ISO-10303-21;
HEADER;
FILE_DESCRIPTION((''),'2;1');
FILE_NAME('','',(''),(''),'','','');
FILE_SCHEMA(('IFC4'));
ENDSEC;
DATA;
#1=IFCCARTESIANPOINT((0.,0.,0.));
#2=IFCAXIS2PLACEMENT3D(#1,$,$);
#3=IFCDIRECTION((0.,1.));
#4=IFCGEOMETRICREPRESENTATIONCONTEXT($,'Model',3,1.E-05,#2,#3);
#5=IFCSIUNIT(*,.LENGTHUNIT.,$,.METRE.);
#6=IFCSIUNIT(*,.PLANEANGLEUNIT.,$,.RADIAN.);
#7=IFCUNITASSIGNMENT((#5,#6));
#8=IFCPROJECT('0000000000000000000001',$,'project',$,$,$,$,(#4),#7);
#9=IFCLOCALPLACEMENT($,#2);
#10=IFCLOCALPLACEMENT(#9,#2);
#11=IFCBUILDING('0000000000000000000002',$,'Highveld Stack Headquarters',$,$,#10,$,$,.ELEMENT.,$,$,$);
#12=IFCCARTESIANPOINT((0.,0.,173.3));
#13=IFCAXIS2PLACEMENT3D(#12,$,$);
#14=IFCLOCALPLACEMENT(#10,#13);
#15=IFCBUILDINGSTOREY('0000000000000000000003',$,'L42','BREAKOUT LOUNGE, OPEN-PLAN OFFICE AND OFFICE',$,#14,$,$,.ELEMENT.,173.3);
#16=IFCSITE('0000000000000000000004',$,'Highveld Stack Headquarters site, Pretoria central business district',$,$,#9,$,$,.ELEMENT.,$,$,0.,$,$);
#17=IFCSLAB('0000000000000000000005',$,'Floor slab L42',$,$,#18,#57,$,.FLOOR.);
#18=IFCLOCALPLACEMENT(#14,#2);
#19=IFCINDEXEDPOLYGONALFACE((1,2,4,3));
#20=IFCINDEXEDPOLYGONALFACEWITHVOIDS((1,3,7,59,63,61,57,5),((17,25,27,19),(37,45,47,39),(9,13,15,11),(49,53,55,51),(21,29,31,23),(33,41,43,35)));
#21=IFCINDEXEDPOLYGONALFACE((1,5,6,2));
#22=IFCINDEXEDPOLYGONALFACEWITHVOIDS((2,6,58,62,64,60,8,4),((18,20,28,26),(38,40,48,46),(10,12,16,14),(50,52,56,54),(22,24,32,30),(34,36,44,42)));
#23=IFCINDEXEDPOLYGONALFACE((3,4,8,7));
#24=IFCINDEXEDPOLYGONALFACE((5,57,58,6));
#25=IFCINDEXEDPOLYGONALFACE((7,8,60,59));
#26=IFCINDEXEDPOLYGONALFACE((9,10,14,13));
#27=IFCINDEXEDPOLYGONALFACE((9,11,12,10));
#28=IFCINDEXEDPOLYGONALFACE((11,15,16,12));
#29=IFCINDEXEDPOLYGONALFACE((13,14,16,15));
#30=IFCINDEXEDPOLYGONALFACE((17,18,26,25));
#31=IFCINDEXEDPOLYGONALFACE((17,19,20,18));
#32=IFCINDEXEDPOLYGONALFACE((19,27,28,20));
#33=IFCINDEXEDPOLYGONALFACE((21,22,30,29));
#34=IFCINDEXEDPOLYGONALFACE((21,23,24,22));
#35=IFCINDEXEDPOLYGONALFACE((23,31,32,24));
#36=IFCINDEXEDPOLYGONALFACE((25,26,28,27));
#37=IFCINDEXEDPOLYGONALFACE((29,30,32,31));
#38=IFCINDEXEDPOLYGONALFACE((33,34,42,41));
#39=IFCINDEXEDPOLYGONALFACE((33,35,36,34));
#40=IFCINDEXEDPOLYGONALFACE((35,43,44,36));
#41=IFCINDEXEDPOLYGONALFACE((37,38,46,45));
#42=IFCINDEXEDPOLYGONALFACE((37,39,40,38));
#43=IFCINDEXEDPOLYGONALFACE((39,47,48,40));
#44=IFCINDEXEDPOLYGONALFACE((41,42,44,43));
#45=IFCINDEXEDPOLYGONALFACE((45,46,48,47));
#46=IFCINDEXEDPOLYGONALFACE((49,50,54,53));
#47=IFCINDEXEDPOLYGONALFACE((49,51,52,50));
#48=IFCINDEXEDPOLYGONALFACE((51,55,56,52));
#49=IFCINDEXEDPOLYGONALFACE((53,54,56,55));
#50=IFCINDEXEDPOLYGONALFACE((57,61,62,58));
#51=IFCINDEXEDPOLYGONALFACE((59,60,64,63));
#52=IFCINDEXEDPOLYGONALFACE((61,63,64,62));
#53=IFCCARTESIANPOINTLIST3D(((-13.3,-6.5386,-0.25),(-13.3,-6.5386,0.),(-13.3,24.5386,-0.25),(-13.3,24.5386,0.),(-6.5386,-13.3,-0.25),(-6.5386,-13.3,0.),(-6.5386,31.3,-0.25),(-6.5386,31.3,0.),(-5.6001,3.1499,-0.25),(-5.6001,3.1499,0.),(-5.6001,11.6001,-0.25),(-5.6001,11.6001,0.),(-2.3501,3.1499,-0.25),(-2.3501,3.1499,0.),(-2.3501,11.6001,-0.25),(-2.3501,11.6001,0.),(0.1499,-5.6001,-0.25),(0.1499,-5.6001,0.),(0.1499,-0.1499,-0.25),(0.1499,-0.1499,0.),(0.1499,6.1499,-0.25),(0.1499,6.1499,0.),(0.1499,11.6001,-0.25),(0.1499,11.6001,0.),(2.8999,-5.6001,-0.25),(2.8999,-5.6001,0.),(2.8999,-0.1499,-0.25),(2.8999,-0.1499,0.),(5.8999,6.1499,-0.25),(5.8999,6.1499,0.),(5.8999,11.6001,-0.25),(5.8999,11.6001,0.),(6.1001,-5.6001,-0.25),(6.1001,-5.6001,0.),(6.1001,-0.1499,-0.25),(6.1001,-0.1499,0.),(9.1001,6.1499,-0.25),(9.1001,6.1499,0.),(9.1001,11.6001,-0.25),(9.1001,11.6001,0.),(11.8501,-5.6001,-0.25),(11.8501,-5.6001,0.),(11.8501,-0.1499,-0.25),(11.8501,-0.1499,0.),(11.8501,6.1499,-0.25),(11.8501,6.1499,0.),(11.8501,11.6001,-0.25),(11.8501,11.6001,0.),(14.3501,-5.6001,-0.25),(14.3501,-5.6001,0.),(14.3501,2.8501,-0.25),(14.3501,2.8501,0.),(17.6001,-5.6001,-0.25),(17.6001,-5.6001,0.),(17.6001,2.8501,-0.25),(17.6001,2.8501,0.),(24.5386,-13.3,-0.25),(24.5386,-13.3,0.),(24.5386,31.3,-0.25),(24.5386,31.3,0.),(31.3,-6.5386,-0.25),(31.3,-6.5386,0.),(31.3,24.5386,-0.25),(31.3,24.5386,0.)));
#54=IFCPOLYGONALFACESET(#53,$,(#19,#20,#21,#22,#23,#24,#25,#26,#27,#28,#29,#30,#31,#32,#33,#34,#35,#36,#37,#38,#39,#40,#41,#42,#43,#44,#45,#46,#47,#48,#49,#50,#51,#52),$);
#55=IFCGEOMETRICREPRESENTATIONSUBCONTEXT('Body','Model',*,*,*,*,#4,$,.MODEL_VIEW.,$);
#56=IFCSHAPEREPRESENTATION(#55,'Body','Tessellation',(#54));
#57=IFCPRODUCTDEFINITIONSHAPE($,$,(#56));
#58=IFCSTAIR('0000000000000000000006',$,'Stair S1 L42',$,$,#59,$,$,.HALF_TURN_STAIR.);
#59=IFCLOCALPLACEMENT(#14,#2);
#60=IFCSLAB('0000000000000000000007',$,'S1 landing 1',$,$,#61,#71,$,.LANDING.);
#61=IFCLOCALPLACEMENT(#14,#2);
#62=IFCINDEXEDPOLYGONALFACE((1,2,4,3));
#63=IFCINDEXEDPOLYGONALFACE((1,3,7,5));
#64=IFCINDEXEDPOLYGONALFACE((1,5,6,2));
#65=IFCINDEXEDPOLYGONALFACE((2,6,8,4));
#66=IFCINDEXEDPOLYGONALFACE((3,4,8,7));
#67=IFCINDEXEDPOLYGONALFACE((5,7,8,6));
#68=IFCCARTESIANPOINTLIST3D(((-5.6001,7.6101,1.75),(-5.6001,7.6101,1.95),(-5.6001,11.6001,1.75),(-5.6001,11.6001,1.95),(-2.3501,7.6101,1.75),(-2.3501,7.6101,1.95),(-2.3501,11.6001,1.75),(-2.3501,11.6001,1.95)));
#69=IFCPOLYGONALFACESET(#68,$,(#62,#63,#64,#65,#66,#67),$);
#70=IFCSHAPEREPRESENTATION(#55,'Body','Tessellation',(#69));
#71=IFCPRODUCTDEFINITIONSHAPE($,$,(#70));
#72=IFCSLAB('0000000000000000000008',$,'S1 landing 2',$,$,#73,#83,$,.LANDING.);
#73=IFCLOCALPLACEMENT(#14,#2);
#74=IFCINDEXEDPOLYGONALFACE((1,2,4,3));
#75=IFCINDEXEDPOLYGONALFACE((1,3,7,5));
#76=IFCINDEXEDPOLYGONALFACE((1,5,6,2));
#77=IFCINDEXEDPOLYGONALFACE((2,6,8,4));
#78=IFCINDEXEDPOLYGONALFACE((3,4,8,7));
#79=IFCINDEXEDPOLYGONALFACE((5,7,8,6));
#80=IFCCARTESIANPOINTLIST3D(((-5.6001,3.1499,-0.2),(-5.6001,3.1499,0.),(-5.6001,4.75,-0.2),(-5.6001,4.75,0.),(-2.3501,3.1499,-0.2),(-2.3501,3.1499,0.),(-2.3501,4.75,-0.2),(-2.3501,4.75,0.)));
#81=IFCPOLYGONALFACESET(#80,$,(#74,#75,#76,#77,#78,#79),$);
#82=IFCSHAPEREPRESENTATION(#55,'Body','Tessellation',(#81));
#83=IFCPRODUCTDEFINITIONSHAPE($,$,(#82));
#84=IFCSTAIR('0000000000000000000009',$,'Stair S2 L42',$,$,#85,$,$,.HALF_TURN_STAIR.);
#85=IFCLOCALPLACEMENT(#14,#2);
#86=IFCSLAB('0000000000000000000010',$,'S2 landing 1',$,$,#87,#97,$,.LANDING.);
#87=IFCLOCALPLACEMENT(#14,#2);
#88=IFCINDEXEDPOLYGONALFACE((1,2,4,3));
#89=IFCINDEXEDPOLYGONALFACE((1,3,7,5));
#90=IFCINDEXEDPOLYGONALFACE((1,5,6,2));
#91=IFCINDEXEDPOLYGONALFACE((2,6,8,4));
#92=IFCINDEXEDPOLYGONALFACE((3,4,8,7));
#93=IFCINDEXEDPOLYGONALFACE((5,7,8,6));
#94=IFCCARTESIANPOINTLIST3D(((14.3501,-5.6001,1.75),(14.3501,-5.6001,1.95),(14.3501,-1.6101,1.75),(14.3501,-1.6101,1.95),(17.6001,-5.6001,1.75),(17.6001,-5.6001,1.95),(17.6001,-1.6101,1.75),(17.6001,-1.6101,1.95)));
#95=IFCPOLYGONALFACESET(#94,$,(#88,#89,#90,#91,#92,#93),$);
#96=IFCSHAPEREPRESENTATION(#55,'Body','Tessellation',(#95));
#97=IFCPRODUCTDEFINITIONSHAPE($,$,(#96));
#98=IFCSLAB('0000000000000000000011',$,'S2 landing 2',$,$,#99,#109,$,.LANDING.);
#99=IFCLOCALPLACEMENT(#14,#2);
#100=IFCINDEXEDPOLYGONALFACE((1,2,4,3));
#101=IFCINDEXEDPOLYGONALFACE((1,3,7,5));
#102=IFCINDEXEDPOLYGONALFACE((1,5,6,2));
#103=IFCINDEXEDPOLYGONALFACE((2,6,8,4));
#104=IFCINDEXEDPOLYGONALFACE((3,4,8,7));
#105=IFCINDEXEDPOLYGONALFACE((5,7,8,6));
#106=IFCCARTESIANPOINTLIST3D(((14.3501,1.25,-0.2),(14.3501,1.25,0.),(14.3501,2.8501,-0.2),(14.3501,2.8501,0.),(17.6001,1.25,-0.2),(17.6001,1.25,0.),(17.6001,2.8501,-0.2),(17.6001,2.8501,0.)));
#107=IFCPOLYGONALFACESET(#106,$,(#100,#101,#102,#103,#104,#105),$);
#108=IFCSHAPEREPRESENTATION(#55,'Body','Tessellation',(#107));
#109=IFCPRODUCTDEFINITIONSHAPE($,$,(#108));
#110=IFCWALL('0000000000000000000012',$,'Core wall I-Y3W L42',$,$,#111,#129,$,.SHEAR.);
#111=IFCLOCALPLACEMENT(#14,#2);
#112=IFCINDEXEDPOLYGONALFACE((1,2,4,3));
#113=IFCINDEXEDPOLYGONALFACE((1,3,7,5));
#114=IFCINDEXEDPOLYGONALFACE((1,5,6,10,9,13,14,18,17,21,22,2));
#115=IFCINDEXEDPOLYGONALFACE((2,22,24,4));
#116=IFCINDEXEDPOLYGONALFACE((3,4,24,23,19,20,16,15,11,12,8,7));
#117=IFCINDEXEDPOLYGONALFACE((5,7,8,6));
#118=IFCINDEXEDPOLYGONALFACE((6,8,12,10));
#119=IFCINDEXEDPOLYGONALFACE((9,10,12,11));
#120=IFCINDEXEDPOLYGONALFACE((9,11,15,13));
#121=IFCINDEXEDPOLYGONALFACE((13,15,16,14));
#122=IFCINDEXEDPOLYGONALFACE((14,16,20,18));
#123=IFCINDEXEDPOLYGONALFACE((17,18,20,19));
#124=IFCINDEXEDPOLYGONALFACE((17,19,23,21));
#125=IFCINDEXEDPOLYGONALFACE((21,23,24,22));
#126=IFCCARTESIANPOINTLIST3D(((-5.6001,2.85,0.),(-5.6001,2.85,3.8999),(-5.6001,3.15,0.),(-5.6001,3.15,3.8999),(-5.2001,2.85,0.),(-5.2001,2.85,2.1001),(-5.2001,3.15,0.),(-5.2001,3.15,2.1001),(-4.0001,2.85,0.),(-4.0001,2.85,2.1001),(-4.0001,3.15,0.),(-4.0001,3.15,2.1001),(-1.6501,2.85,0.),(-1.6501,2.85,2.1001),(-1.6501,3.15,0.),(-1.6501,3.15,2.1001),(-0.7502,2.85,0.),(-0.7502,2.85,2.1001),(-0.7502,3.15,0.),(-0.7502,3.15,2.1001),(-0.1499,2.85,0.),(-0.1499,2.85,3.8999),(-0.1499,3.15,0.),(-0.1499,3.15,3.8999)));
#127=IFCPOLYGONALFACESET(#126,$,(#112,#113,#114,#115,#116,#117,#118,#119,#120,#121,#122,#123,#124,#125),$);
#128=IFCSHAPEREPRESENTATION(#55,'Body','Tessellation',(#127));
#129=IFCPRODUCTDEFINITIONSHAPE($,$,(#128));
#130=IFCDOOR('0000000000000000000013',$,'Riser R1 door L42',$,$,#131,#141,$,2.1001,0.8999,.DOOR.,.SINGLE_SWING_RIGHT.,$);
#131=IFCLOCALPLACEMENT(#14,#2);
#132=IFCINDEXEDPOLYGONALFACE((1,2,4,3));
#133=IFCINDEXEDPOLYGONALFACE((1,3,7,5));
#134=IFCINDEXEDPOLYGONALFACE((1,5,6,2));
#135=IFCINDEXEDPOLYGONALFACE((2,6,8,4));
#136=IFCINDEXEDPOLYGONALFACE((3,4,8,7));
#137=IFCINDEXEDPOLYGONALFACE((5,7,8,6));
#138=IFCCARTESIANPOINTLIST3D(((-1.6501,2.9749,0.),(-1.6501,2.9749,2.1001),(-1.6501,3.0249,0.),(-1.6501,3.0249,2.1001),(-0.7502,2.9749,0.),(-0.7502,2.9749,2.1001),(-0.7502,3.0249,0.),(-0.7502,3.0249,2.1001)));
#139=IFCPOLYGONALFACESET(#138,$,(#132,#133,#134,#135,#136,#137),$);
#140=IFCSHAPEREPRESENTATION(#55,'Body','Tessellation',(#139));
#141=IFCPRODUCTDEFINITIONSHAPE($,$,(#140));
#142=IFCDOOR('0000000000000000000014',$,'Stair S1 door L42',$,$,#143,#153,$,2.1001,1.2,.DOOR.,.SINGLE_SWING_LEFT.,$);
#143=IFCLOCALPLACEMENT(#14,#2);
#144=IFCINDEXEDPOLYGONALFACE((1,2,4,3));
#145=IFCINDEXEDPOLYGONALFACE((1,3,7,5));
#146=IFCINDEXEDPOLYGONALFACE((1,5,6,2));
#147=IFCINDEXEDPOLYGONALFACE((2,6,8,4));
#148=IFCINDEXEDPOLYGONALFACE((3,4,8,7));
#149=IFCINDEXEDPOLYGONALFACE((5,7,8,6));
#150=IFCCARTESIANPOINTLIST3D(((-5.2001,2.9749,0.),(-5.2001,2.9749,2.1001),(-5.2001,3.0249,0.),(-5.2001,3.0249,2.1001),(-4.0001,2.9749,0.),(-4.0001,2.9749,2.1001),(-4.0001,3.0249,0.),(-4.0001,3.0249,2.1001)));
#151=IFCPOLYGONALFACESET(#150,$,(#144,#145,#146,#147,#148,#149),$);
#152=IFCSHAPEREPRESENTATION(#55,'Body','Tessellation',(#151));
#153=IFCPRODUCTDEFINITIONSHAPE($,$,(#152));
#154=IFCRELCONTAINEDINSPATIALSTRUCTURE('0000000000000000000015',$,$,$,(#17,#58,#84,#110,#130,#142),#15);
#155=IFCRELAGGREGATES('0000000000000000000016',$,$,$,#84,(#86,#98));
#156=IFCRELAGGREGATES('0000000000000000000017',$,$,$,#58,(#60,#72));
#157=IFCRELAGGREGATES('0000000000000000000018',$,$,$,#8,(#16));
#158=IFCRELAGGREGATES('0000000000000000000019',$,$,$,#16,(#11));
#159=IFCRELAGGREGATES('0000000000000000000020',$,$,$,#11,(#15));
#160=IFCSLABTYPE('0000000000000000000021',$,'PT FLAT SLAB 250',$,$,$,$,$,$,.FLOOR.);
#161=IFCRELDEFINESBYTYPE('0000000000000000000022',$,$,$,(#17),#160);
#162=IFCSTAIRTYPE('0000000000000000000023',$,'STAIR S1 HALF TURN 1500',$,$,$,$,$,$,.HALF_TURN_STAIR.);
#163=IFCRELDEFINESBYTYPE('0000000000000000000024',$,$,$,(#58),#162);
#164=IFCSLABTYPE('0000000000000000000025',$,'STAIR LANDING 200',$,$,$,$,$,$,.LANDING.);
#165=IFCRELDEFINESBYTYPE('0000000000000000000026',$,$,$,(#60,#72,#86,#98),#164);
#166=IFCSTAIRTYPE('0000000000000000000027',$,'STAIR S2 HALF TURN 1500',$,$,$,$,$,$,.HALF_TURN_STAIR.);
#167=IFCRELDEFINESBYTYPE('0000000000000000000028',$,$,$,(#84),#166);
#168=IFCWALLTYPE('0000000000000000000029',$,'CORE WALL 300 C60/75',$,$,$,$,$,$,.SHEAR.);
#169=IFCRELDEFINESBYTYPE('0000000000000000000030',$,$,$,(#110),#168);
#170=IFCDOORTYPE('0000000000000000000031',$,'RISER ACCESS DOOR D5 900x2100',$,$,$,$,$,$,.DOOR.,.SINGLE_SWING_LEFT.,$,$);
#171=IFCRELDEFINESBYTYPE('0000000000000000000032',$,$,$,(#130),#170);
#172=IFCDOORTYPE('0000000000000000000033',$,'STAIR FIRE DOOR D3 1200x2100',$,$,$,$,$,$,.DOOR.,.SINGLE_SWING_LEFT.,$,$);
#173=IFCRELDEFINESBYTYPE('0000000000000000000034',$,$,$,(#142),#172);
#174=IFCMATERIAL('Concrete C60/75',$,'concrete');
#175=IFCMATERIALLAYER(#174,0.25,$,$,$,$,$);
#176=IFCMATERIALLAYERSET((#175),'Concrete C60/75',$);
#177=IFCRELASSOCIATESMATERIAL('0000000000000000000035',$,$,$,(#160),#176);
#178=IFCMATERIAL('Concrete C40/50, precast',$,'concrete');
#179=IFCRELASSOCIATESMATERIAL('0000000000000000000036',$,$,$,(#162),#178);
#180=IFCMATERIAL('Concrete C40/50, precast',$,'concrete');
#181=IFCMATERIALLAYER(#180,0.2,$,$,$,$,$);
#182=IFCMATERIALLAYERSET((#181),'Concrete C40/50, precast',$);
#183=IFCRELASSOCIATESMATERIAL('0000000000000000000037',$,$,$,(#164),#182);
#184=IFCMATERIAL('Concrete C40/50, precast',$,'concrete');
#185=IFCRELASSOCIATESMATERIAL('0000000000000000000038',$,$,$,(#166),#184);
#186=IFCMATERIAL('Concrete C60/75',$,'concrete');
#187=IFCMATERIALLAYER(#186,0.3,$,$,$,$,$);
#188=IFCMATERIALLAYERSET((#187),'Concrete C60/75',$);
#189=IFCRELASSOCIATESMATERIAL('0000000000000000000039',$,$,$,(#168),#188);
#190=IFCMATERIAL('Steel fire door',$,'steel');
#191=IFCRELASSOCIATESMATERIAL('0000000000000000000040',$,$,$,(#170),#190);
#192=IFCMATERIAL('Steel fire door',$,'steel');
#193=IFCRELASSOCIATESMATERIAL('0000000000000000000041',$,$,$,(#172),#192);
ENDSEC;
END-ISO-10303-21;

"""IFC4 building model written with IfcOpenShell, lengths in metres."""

from ifc_helpers import new_model, si_unit, direction, frame, frame_2d, origin, place, context, subcontext, project, spatial, polyline, rectangle, outline, extrude, material, layer, layer_set, type_object, element, fill, aggregate, save


model = new_model("IFC4")

# Units and contexts
model_context = context("Model", 3, precision=1e-05, world=origin(), true_north=direction((0.0, 1.0)))
body_context = subcontext(model_context, "Body", "Model", "MODEL_VIEW")
ifc_project = project(units=[si_unit("LENGTHUNIT", "METRE"), si_unit("PLANEANGLEUNIT", "RADIAN")], contexts=[model_context])

# Site, building, storey
site_placement = place(None, origin())
site = spatial("IfcSite", under=ifc_project, at=site_placement, Name="Highveld Stack Headquarters site, Pretoria central business district", CompositionType="ELEMENT", RefElevation=0.0)
building_placement = place(site_placement, origin())
building = spatial("IfcBuilding", under=site, at=building_placement, Name="Highveld Stack Headquarters", CompositionType="ELEMENT")
storey_placement = place(building_placement, frame((0.0, 0.0, 173.3)))
storey = spatial("IfcBuildingStorey", under=building, at=storey_placement, Name="L42", Description="BREAKOUT LOUNGE, OPEN-PLAN OFFICE AND OFFICE", CompositionType="ELEMENT", Elevation=173.3)

# Slab
ifc_material_1 = material(Name="Concrete C60/75", Category="concrete")
ifc_layer_1 = layer(ifc_material_1, 0.25)
ifc_layer_set_1 = layer_set([ifc_layer_1], Name="Concrete C60/75")
slab_type_1 = type_object("IfcSlabType", Name="PT FLAT SLAB 250", PredefinedType="FLOOR", material=ifc_layer_set_1)
slab_1_placement = place(storey_placement, frame((0.0, 0.0, -0.25)))
element("IfcSlab", 1, at=slab_1_placement, inside=storey, type_object=slab_type_1, Name="Floor slab L42", PredefinedType="FLOOR", context=body_context, shape_type="SweptSolid", body=[
    extrude(outline(polyline([(-6.5386, -13.3), (24.5386, -13.3), (31.3, -6.5386), (31.3, 24.5386), (24.5386, 31.3), (-6.5386, 31.3), (-13.3, 24.5386), (-13.3, -6.5386), (-6.5386, -13.3)]), holes=[polyline([(0.1499, 6.1499), (5.8999, 6.1499), (5.8999, 11.6001), (0.1499, 11.6001), (0.1499, 6.1499)]), polyline([(9.1001, 6.1499), (11.8501, 6.1499), (11.8501, 11.6001), (9.1001, 11.6001), (9.1001, 6.1499)]), polyline([(6.1001, -5.6001), (11.8501, -5.6001), (11.8501, -0.1499), (6.1001, -0.1499), (6.1001, -5.6001)]), polyline([(0.1499, -5.6001), (2.8999, -5.6001), (2.8999, -0.1499), (0.1499, -0.1499), (0.1499, -5.6001)]), polyline([(-5.6001, 3.1499), (-2.3501, 3.1499), (-2.3501, 11.6001), (-5.6001, 11.6001), (-5.6001, 3.1499)]), polyline([(14.3501, -5.6001), (17.6001, -5.6001), (17.6001, 2.8501), (14.3501, 2.8501), (14.3501, -5.6001)])]), origin(), (0.0, 0.0, 1.0), 0.25),
])

# Stairs, slabs
ifc_material_2 = material(Name="Concrete C40/50, precast", Category="concrete")
stair_type_1 = type_object("IfcStairType", Name="STAIR S1 HALF TURN 1500", PredefinedType="HALF_TURN_STAIR", material=ifc_material_2)
stair_1_placement = place(storey_placement, origin())
stair_1 = element("IfcStair", 2, at=stair_1_placement, inside=storey, type_object=stair_type_1, Name="Stair S1 L42", PredefinedType="HALF_TURN_STAIR")
ifc_material_3 = material(Name="Concrete C40/50, precast", Category="concrete")
ifc_layer_2 = layer(ifc_material_3, 0.2)
ifc_layer_set_2 = layer_set([ifc_layer_2], Name="Concrete C40/50, precast")
slab_type_2 = type_object("IfcSlabType", Name="STAIR LANDING 200", PredefinedType="LANDING", material=ifc_layer_set_2)
slab_2_placement = place(storey_placement, frame((0.0, 0.0, 1.75)))
slab_2 = element("IfcSlab", 3, at=slab_2_placement, type_object=slab_type_2, Name="S1 landing 1", PredefinedType="LANDING", context=body_context, shape_type="SweptSolid", body=[
    extrude(outline(polyline([(-5.6001, 7.6101), (-2.3501, 7.6101), (-2.3501, 11.6001), (-5.6001, 11.6001), (-5.6001, 7.6101)])), origin(), (0.0, 0.0, 1.0), 0.2),
])
slab_3_placement = place(storey_placement, frame((0.0, 0.0, -0.2)))
slab_3 = element("IfcSlab", 4, at=slab_3_placement, type_object=slab_type_2, Name="S1 landing 2", PredefinedType="LANDING", context=body_context, shape_type="SweptSolid", body=[
    extrude(outline(polyline([(-5.6001, 3.1499), (-2.3501, 3.1499), (-2.3501, 4.75), (-5.6001, 4.75), (-5.6001, 3.1499)])), origin(), (0.0, 0.0, 1.0), 0.2),
])
ifc_material_4 = material(Name="Concrete C40/50, precast", Category="concrete")
stair_type_2 = type_object("IfcStairType", Name="STAIR S2 HALF TURN 1500", PredefinedType="HALF_TURN_STAIR", material=ifc_material_4)
stair_2_placement = place(storey_placement, origin())
stair_2 = element("IfcStair", 5, at=stair_2_placement, inside=storey, type_object=stair_type_2, Name="Stair S2 L42", PredefinedType="HALF_TURN_STAIR")
slab_4_placement = place(storey_placement, frame((0.0, 0.0, 1.75)))
slab_4 = element("IfcSlab", 6, at=slab_4_placement, type_object=slab_type_2, Name="S2 landing 1", PredefinedType="LANDING", context=body_context, shape_type="SweptSolid", body=[
    extrude(outline(polyline([(14.3501, -5.6001), (17.6001, -5.6001), (17.6001, -1.6101), (14.3501, -1.6101), (14.3501, -5.6001)])), origin(), (0.0, 0.0, 1.0), 0.2),
])
slab_5_placement = place(storey_placement, frame((0.0, 0.0, -0.2)))
slab_5 = element("IfcSlab", 7, at=slab_5_placement, type_object=slab_type_2, Name="S2 landing 2", PredefinedType="LANDING", context=body_context, shape_type="SweptSolid", body=[
    extrude(outline(polyline([(14.3501, 1.25), (17.6001, 1.25), (17.6001, 2.8501), (14.3501, 2.8501), (14.3501, 1.25)])), origin(), (0.0, 0.0, 1.0), 0.2),
])
aggregate(stair_2, [slab_4, slab_5])

# Wall, openings, doors
ifc_material_5 = material(Name="Concrete C60/75", Category="concrete")
ifc_layer_3 = layer(ifc_material_5, 0.3)
ifc_layer_set_3 = layer_set([ifc_layer_3], Name="Concrete C60/75")
wall_type_1 = type_object("IfcWallType", Name="CORE WALL 300 C60/75", PredefinedType="SHEAR", material=ifc_layer_set_3)
wall_1_placement = place(storey_placement, frame((-5.6001, 3.0, 0.0), z_axis=(0.0, 0.0, 1.0), x_axis=(1.0, 0.0, 0.0)))
wall_1 = element("IfcWall", 8, at=wall_1_placement, inside=storey, type_object=wall_type_1, Name="Core wall I-Y3W L42", PredefinedType="SHEAR", context=body_context, shape_type="SweptSolid", body=[
    extrude(rectangle(XDim=5.4502, YDim=0.3, at=frame_2d((2.7251, 0.0))), origin(), (0.0, 0.0, 1.0), 3.8999),
])
opening_1_placement = place(wall_1_placement, frame((0.3999, 0.0, 0.0)))
opening_1 = element("IfcOpeningElement", 9, at=opening_1_placement, cuts=wall_1, PredefinedType="OPENING", context=body_context, shape_type="SweptSolid", body=[
    extrude(rectangle(XDim=1.2, YDim=2.1001, at=frame_2d((0.6001, 1.05))), frame((0.0, 0.1599, 0.0), z_axis=(0.0, -1.0, 0.0), x_axis=(1.0, 0.0, 0.0)), (0.0, 0.0, 1.0), 0.3201),
])
opening_2_placement = place(wall_1_placement, frame((3.95, 0.0, 0.0)))
opening_2 = element("IfcOpeningElement", 10, at=opening_2_placement, cuts=wall_1, PredefinedType="OPENING", context=body_context, shape_type="SweptSolid", body=[
    extrude(rectangle(XDim=0.8999, YDim=2.1001, at=frame_2d((0.45, 1.05))), frame((0.0, 0.1599, 0.0), z_axis=(0.0, -1.0, 0.0), x_axis=(1.0, 0.0, 0.0)), (0.0, 0.0, 1.0), 0.3201),
])
ifc_material_6 = material(Name="Steel fire door", Category="steel")
door_type_1 = type_object("IfcDoorType", Name="RISER ACCESS DOOR D5 900x2100", OperationType="SINGLE_SWING_LEFT", PredefinedType="DOOR", material=ifc_material_6)
door_1_placement = place(opening_2_placement, origin())
door_1 = element("IfcDoor", 11, at=door_1_placement, inside=storey, type_object=door_type_1, Name="Riser R1 door L42", OperationType="SINGLE_SWING_RIGHT", OverallHeight=2.1001, OverallWidth=0.8999, PredefinedType="DOOR", context=body_context, shape_type="SweptSolid", body=[
    extrude(rectangle(XDim=0.8999, YDim=2.1001, at=frame_2d((0.45, 1.05))), frame((0.0, 0.0249, 0.0), z_axis=(0.0, -1.0, 0.0), x_axis=(1.0, 0.0, 0.0)), (0.0, 0.0, 1.0), 0.05),
])
fill(opening_2, door_1)
ifc_material_7 = material(Name="Steel fire door", Category="steel")
door_type_2 = type_object("IfcDoorType", Name="STAIR FIRE DOOR D3 1200x2100", OperationType="SINGLE_SWING_LEFT", PredefinedType="DOOR", material=ifc_material_7)
door_2_placement = place(opening_1_placement, origin())
door_2 = element("IfcDoor", 12, at=door_2_placement, inside=storey, type_object=door_type_2, Name="Stair S1 door L42", OperationType="SINGLE_SWING_LEFT", OverallHeight=2.1001, OverallWidth=1.2, PredefinedType="DOOR", context=body_context, shape_type="SweptSolid", body=[
    extrude(rectangle(XDim=1.2, YDim=2.1001, at=frame_2d((0.6001, 1.05))), frame((0.0, 0.0249, 0.0), z_axis=(0.0, -1.0, 0.0), x_axis=(1.0, 0.0, 0.0)), (0.0, 0.0, 1.0), 0.05),
])
fill(opening_1, door_2)

aggregate(stair_1, [slab_2, slab_3])

save(model, "model.ifc")
